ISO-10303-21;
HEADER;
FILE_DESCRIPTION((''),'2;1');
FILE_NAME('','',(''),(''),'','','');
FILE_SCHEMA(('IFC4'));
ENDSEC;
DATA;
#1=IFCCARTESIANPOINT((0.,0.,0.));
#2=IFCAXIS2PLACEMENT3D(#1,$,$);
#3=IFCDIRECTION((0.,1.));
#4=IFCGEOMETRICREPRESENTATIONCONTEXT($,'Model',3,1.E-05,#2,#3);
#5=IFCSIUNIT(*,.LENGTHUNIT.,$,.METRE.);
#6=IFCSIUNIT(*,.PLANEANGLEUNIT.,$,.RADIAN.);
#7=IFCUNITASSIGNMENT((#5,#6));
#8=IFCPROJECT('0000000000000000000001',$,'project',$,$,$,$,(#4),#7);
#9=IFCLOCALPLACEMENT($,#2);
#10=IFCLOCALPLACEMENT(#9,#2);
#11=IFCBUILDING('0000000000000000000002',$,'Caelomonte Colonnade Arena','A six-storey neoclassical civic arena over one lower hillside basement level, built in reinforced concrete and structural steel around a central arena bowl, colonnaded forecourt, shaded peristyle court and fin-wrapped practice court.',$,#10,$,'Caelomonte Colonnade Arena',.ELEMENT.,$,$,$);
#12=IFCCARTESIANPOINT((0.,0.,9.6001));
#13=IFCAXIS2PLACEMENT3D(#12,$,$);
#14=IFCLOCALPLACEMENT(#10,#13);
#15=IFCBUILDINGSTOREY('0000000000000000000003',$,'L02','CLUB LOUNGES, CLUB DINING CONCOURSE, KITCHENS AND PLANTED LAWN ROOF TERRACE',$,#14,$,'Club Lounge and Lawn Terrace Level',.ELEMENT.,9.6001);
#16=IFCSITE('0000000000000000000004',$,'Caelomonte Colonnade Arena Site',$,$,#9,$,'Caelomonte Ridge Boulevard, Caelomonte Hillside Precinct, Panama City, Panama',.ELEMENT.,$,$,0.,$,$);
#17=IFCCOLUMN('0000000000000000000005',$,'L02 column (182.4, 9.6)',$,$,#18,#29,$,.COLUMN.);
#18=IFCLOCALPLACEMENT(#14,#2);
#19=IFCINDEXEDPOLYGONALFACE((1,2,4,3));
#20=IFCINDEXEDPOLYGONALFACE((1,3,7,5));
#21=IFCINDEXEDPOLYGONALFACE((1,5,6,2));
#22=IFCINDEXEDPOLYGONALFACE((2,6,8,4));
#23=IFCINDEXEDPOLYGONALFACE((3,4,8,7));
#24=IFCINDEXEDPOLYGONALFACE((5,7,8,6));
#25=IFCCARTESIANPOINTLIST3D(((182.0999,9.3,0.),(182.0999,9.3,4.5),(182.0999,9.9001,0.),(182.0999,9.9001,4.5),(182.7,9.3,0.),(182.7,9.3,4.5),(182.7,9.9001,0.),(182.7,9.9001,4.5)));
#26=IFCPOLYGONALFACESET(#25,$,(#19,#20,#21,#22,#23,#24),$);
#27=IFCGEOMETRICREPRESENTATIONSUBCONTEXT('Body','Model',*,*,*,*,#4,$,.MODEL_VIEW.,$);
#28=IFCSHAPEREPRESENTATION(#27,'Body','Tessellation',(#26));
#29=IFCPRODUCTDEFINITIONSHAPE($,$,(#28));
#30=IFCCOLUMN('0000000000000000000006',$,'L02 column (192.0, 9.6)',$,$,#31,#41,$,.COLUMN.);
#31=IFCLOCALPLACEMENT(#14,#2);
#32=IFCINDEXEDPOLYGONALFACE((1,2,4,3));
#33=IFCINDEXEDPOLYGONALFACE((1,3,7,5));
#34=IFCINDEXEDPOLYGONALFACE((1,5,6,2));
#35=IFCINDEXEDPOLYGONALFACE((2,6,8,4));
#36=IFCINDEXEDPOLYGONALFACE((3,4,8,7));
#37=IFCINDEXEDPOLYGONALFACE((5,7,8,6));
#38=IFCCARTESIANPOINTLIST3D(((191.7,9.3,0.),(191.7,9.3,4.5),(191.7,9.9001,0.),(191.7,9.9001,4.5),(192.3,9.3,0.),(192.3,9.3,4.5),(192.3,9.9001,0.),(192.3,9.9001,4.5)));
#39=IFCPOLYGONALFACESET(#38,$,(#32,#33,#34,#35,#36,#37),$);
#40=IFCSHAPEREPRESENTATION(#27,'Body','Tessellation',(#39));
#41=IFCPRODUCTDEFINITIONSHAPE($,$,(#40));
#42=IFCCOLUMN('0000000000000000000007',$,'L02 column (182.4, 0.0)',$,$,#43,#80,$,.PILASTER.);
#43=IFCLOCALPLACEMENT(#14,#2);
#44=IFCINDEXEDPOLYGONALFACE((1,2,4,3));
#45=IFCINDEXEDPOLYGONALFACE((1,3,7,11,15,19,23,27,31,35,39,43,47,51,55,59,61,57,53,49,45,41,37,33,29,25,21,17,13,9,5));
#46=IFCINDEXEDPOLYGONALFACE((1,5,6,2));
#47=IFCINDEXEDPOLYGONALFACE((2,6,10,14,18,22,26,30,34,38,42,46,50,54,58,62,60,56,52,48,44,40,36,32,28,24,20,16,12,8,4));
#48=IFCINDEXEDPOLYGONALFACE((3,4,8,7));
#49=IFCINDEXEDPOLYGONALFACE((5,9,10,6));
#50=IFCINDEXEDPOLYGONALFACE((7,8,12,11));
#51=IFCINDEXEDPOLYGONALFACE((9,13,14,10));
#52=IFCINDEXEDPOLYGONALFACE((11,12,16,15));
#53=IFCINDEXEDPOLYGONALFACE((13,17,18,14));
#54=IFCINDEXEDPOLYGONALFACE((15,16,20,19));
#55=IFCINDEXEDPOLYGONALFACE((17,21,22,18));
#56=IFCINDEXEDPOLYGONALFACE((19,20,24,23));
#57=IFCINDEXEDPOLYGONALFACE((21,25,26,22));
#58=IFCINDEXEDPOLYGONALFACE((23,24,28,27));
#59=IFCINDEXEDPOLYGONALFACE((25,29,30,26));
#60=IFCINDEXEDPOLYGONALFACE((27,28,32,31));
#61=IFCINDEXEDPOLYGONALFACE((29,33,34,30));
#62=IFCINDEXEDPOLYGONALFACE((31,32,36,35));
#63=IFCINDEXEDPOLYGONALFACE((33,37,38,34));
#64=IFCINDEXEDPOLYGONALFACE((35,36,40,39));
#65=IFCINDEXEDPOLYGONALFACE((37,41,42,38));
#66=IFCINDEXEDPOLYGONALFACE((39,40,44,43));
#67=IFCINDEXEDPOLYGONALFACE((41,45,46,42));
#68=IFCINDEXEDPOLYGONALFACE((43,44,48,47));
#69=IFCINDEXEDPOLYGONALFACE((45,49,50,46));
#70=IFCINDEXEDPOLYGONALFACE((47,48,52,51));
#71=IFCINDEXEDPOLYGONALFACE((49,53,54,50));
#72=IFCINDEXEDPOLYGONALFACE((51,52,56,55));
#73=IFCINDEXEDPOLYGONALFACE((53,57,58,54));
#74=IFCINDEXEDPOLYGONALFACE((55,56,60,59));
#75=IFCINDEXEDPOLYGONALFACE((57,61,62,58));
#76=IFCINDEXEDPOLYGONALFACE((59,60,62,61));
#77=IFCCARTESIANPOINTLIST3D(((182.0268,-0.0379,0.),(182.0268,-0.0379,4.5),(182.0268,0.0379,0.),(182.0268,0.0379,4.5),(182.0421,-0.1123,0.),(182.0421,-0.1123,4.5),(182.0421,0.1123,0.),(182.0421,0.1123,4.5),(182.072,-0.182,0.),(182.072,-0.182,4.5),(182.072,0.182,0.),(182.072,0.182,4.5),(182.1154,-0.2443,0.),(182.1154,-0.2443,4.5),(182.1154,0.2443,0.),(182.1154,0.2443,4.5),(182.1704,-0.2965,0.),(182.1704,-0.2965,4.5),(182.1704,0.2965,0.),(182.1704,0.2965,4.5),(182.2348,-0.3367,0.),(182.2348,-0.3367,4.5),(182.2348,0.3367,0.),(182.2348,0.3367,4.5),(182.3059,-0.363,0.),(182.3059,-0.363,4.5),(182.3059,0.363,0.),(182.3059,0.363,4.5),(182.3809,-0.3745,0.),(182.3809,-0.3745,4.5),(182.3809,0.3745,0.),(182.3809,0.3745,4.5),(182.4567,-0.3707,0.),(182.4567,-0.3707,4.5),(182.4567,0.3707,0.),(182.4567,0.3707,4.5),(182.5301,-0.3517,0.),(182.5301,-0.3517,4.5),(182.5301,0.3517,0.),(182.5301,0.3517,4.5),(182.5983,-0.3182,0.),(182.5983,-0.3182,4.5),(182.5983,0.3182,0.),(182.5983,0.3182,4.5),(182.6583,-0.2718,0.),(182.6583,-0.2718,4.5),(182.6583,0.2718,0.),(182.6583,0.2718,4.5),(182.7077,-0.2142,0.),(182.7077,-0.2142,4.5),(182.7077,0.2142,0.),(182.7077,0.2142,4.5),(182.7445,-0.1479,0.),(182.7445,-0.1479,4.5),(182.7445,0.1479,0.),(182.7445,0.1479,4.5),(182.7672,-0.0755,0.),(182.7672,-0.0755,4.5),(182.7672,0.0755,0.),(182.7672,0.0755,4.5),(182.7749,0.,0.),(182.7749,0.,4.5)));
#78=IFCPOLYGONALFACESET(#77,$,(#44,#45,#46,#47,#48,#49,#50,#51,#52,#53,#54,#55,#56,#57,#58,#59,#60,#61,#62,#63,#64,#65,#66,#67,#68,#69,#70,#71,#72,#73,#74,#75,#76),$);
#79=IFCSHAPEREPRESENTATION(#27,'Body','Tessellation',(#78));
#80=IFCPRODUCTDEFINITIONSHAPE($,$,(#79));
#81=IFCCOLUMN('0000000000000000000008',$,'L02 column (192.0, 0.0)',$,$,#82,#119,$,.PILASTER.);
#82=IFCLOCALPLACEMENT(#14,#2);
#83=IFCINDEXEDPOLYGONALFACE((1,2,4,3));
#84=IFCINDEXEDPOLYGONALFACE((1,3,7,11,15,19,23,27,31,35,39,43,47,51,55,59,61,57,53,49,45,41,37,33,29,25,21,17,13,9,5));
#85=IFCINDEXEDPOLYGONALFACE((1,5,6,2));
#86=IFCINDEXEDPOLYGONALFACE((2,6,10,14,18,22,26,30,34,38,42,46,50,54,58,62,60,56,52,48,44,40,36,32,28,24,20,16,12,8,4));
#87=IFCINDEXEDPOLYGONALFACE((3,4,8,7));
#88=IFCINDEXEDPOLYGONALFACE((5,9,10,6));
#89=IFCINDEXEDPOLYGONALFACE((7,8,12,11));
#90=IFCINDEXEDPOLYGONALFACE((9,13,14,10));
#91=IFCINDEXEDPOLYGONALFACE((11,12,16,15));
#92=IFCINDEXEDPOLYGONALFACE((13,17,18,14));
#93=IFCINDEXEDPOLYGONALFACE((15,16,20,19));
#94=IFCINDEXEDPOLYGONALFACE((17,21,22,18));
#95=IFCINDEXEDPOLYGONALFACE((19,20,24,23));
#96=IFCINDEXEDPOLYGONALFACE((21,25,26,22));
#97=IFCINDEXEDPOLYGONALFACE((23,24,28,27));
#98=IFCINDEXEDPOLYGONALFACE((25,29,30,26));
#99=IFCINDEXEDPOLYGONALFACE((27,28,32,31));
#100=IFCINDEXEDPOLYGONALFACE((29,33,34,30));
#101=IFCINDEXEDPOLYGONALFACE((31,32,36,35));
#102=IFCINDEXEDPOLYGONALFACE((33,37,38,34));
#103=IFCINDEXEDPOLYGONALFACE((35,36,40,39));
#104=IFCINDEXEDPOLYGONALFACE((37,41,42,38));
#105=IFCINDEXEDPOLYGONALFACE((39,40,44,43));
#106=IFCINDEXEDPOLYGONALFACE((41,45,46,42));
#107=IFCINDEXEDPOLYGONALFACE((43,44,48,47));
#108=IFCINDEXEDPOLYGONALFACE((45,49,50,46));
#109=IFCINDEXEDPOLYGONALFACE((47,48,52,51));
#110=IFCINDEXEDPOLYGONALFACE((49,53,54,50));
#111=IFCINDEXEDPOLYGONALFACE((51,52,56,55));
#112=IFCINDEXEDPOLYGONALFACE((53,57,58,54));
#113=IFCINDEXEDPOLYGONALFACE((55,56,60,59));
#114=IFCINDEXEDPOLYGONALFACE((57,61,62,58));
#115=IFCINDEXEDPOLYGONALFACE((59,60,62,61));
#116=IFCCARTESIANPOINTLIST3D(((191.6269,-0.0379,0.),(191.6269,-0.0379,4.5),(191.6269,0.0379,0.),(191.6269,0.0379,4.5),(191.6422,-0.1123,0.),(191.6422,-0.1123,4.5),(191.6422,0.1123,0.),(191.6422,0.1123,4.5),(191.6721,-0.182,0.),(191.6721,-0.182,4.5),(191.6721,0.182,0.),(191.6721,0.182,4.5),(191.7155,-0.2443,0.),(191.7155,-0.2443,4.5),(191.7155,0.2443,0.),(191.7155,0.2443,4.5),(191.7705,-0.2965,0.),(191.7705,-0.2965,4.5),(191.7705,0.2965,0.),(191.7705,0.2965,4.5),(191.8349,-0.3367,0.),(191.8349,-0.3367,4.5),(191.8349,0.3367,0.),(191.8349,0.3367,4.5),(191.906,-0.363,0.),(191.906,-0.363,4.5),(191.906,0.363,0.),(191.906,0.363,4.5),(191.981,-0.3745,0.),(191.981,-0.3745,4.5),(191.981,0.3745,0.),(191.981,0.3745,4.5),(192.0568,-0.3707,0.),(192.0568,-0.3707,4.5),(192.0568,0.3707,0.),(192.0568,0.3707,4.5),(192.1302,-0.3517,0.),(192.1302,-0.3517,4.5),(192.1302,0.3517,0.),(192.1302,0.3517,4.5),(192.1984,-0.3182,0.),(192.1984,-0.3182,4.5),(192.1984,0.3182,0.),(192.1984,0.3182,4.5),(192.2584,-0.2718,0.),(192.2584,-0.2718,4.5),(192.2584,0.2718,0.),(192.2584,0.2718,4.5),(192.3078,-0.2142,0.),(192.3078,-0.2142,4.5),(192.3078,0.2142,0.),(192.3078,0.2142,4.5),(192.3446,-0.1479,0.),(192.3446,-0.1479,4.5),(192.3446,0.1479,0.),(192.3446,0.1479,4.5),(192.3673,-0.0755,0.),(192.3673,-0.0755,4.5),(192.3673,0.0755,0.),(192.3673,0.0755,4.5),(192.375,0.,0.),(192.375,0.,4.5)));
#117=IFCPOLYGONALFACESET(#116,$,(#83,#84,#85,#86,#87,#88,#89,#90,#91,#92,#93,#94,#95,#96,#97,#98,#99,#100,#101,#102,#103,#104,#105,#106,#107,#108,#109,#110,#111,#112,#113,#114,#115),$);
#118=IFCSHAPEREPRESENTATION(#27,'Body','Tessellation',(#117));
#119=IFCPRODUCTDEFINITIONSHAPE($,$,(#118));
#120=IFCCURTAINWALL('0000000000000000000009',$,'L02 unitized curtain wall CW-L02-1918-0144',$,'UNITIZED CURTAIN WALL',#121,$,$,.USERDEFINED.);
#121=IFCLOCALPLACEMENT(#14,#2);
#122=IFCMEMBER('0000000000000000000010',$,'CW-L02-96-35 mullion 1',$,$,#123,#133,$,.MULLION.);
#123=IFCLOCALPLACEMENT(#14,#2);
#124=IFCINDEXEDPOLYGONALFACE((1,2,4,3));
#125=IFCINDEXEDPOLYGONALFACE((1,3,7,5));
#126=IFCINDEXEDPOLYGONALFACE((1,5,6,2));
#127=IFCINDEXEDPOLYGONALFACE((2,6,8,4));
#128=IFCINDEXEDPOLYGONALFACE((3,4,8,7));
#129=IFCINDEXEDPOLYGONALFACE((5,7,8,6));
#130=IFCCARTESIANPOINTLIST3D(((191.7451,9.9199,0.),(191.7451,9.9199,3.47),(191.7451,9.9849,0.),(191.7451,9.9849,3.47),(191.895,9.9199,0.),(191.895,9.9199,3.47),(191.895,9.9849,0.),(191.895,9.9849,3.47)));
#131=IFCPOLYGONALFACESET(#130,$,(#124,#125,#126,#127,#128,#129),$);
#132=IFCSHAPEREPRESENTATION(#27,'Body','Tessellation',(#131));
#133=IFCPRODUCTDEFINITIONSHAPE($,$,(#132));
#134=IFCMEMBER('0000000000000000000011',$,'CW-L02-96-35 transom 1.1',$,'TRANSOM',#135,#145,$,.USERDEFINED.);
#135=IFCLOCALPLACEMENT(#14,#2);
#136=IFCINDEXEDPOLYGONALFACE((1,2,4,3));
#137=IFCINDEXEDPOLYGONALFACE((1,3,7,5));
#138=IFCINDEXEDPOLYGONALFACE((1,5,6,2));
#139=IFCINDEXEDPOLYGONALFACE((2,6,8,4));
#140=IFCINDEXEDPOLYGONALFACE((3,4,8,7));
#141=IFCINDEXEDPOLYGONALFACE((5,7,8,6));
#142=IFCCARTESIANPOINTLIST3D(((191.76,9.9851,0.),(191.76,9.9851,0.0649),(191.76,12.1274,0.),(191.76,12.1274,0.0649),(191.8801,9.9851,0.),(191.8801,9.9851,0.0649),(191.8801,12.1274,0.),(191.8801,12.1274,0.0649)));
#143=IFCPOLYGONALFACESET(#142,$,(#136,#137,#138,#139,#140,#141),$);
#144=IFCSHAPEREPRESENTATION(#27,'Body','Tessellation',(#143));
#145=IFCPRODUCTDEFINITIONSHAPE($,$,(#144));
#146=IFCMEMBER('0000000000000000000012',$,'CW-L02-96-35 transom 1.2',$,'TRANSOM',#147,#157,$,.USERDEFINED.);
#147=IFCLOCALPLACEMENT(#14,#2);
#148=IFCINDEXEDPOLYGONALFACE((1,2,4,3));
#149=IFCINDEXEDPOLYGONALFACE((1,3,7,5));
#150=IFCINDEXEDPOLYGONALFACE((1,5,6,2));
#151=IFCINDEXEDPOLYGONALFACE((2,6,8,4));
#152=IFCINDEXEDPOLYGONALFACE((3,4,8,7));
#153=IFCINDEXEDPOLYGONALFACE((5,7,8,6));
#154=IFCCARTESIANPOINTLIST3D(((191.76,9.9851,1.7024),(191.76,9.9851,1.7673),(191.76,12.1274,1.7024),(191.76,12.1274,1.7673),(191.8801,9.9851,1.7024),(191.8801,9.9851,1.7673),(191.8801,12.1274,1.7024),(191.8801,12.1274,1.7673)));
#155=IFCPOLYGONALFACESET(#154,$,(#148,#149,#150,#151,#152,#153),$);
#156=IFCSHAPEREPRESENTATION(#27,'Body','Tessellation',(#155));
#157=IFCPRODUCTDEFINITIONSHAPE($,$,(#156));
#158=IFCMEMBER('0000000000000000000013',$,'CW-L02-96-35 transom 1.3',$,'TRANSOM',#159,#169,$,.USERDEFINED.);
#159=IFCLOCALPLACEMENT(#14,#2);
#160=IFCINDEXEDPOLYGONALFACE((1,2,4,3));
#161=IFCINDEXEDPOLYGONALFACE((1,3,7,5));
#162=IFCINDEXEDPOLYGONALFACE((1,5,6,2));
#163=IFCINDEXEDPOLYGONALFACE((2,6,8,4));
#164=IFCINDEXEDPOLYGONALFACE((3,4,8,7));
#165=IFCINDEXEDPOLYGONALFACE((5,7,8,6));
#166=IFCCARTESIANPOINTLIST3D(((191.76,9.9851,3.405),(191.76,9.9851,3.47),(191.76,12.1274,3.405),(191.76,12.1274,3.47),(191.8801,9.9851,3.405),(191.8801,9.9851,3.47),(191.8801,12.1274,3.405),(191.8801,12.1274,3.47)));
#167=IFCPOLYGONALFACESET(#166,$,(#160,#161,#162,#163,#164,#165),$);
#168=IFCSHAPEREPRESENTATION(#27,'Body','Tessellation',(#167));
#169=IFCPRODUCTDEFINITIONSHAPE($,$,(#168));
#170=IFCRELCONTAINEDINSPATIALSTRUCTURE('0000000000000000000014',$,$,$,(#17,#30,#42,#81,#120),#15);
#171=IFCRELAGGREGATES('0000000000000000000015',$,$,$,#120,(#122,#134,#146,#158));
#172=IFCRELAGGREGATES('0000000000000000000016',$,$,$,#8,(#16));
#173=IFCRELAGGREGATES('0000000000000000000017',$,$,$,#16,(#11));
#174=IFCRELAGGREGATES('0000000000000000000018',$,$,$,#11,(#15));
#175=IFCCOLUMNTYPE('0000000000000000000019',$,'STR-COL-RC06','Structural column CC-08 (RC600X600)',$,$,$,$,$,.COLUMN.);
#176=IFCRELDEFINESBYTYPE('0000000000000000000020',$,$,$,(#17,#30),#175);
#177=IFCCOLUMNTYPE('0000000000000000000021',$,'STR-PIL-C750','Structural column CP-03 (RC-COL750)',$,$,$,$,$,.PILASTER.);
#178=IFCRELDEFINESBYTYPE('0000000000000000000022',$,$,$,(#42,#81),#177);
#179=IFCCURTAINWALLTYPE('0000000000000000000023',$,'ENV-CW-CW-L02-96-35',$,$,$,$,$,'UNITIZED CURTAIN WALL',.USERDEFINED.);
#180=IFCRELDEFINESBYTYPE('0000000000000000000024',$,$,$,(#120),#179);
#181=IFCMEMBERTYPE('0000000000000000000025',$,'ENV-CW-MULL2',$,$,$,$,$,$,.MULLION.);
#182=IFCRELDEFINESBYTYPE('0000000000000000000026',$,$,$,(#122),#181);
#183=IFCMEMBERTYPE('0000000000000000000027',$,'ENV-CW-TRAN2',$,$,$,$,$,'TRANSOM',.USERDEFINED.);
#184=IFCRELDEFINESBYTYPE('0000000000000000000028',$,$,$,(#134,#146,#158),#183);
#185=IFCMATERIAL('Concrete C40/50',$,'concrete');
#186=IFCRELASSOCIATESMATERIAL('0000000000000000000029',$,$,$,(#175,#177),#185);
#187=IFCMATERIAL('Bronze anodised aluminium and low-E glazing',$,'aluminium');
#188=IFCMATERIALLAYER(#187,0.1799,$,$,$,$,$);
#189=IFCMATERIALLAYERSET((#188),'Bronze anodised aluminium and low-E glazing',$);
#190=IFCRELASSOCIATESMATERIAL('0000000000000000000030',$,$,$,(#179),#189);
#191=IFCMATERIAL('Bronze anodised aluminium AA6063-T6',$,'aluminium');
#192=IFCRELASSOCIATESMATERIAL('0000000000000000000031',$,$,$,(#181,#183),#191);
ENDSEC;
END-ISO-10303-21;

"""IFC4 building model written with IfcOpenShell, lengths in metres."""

from ifc_helpers import new_model, si_unit, direction, frame, origin, origin_2d, place, context, subcontext, project, spatial, rectangle, circle, extrude, material, layer, layer_set, material_profile, profile_set, type_object, element, aggregate, save


model = new_model("IFC4")

# Units and contexts
model_context = context("Model", 3, precision=1e-05, world=origin(), true_north=direction((0.0, 1.0)))
body_context = subcontext(model_context, "Body", "Model", "MODEL_VIEW")
ifc_project = project(units=[si_unit("LENGTHUNIT", "METRE"), si_unit("PLANEANGLEUNIT", "RADIAN")], contexts=[model_context])

# Site, building, storey
site_placement = place(None, origin())
site = spatial("IfcSite", under=ifc_project, at=site_placement, Name="Caelomonte Colonnade Arena Site", LongName="Caelomonte Ridge Boulevard, Caelomonte Hillside Precinct, Panama City, Panama", CompositionType="ELEMENT", RefElevation=0.0)
building_placement = place(site_placement, origin())
building = spatial("IfcBuilding", under=site, at=building_placement, Name="Caelomonte Colonnade Arena", Description="A six-storey neoclassical civic arena over one lower hillside basement level, built in reinforced concrete and structural steel around a central arena bowl, colonnaded forecourt, shaded peristyle court and fin-wrapped practice court.", LongName="Caelomonte Colonnade Arena", CompositionType="ELEMENT")
storey_placement = place(building_placement, frame((0.0, 0.0, 9.6001)))
storey = spatial("IfcBuildingStorey", under=building, at=storey_placement, Name="L02", Description="CLUB LOUNGES, CLUB DINING CONCOURSE, KITCHENS AND PLANTED LAWN ROOF TERRACE", LongName="Club Lounge and Lawn Terrace Level", CompositionType="ELEMENT", Elevation=9.6001)

# Columns
ifc_material_1 = material(Name="Concrete C40/50", Category="concrete")
ifc_material_profile_1 = material_profile(ifc_material_1, rectangle(XDim=0.6001, YDim=0.6001, at=origin_2d()), Name="RC600X600")
ifc_profile_set_1 = profile_set([ifc_material_profile_1], Name="Concrete C40/50")
column_type_1 = type_object("IfcColumnType", Name="STR-COL-RC06", Description="Structural column CC-08 (RC600X600)", PredefinedType="COLUMN", material=ifc_profile_set_1)
for number, where, z_axis, x_axis, name in (
    (1, (182.3999, 9.6001, 0.0), (0.0, 0.0, 1.0), (1.0, 0.0, 0.0), "L02 column (182.4, 9.6)"),
    (2, (192.0, 9.6001, 0.0), (0.0, 0.0, 1.0), (1.0, 0.0, 0.0), "L02 column (192.0, 9.6)"),
):
    element("IfcColumn", number, at=place(storey_placement, frame(where, z_axis=z_axis, x_axis=x_axis)), inside=storey, type_object=column_type_1, Name=name, PredefinedType="COLUMN", context=body_context, shape_type="SweptSolid", body=[
        extrude(rectangle(XDim=0.6001, YDim=0.6001, at=origin_2d()), origin(), (0.0, 0.0, 1.0), 4.5),
    ])
ifc_material_profile_2 = material_profile(ifc_material_1, circle(Radius=0.375, at=origin_2d()), Name="RC-COL750")
ifc_profile_set_2 = profile_set([ifc_material_profile_2], Name="Concrete C40/50")
column_type_2 = type_object("IfcColumnType", Name="STR-PIL-C750", Description="Structural column CP-03 (RC-COL750)", PredefinedType="PILASTER", material=ifc_profile_set_2)
for number, where, z_axis, x_axis, name in (
    (3, (182.3999, 0.0, 0.0), (0.0, 0.0, 1.0), (1.0, 0.0, 0.0), "L02 column (182.4, 0.0)"),
    (4, (192.0, 0.0, 0.0), (0.0, 0.0, 1.0), (1.0, 0.0, 0.0), "L02 column (192.0, 0.0)"),
):
    element("IfcColumn", number, at=place(storey_placement, frame(where, z_axis=z_axis, x_axis=x_axis)), inside=storey, type_object=column_type_2, Name=name, PredefinedType="PILASTER", context=body_context, shape_type="SweptSolid", body=[
        extrude(circle(Radius=0.375, at=origin_2d()), origin(), (0.0, 0.0, 1.0), 4.5),
    ])

# Curtain wall, members
ifc_material_2 = material(Name="Bronze anodised aluminium and low-E glazing", Category="aluminium")
ifc_layer_1 = layer(ifc_material_2, 0.1799)
ifc_layer_set_1 = layer_set([ifc_layer_1], Name="Bronze anodised aluminium and low-E glazing")
curtain_wall_type = type_object("IfcCurtainWallType", Name="ENV-CW-CW-L02-96-35", ElementType="UNITIZED CURTAIN WALL", PredefinedType="USERDEFINED", material=ifc_layer_set_1)
curtain_wall_placement = place(storey_placement, origin())
curtain_wall = element("IfcCurtainWall", 5, at=curtain_wall_placement, inside=storey, type_object=curtain_wall_type, Name="L02 unitized curtain wall CW-L02-1918-0144", ObjectType="UNITIZED CURTAIN WALL", PredefinedType="USERDEFINED")
ifc_material_3 = material(Name="Bronze anodised aluminium AA6063-T6", Category="aluminium")
ifc_material_profile_3 = material_profile(ifc_material_3, rectangle(XDim=0.0649, YDim=0.1499, at=origin_2d()), Name="CWM-65X150")
ifc_profile_set_3 = profile_set([ifc_material_profile_3], Name="Bronze anodised aluminium AA6063-T6")
member_type_1 = type_object("IfcMemberType", Name="ENV-CW-MULL2", PredefinedType="MULLION", material=ifc_profile_set_3)
member_1_placement = place(storey_placement, frame((191.8201, 9.9524, 0.0), z_axis=(0.0, 0.0, 1.0), x_axis=(0.0, 1.0, 0.0)))
member_1 = element("IfcMember", 6, at=member_1_placement, type_object=member_type_1, Name="CW-L02-96-35 mullion 1", PredefinedType="MULLION", context=body_context, shape_type="SweptSolid", body=[
    extrude(rectangle(XDim=0.0649, YDim=0.1499, at=origin_2d()), origin(), (0.0, 0.0, 1.0), 3.47),
])
ifc_material_profile_4 = material_profile(ifc_material_3, rectangle(XDim=0.0649, YDim=0.1201, at=origin_2d()), Name="CWT-65X120")
ifc_profile_set_4 = profile_set([ifc_material_profile_4], Name="Bronze anodised aluminium AA6063-T6")
member_type_2 = type_object("IfcMemberType", Name="ENV-CW-TRAN2", ElementType="TRANSOM", PredefinedType="USERDEFINED", material=ifc_profile_set_4)
member_2_placement = place(storey_placement, frame((191.8201, 9.9851, 0.0325), z_axis=(0.0, 1.0, 0.0), x_axis=(0.0, 0.0, 1.0)))
member_2 = element("IfcMember", 7, at=member_2_placement, type_object=member_type_2, Name="CW-L02-96-35 transom 1.1", ObjectType="TRANSOM", PredefinedType="USERDEFINED", context=body_context, shape_type="SweptSolid", body=[
    extrude(rectangle(XDim=0.0649, YDim=0.1201, at=origin_2d()), origin(), (0.0, 0.0, 1.0), 2.1423),
])
member_3_placement = place(storey_placement, frame((191.8201, 9.9851, 1.7349), z_axis=(0.0, 1.0, 0.0), x_axis=(0.0, 0.0, 1.0)))
member_3 = element("IfcMember", 8, at=member_3_placement, type_object=member_type_2, Name="CW-L02-96-35 transom 1.2", ObjectType="TRANSOM", PredefinedType="USERDEFINED", context=body_context, shape_type="SweptSolid", body=[
    extrude(rectangle(XDim=0.0649, YDim=0.1201, at=origin_2d()), origin(), (0.0, 0.0, 1.0), 2.1423),
])
member_4_placement = place(storey_placement, frame((191.8201, 9.9851, 3.4375), z_axis=(0.0, 1.0, 0.0), x_axis=(0.0, 0.0, 1.0)))
member_4 = element("IfcMember", 9, at=member_4_placement, type_object=member_type_2, Name="CW-L02-96-35 transom 1.3", ObjectType="TRANSOM", PredefinedType="USERDEFINED", context=body_context, shape_type="SweptSolid", body=[
    extrude(rectangle(XDim=0.0649, YDim=0.1201, at=origin_2d()), origin(), (0.0, 0.0, 1.0), 2.1423),
])
aggregate(curtain_wall, [member_1, member_2, member_3, member_4])

save(model, "model.ifc")
